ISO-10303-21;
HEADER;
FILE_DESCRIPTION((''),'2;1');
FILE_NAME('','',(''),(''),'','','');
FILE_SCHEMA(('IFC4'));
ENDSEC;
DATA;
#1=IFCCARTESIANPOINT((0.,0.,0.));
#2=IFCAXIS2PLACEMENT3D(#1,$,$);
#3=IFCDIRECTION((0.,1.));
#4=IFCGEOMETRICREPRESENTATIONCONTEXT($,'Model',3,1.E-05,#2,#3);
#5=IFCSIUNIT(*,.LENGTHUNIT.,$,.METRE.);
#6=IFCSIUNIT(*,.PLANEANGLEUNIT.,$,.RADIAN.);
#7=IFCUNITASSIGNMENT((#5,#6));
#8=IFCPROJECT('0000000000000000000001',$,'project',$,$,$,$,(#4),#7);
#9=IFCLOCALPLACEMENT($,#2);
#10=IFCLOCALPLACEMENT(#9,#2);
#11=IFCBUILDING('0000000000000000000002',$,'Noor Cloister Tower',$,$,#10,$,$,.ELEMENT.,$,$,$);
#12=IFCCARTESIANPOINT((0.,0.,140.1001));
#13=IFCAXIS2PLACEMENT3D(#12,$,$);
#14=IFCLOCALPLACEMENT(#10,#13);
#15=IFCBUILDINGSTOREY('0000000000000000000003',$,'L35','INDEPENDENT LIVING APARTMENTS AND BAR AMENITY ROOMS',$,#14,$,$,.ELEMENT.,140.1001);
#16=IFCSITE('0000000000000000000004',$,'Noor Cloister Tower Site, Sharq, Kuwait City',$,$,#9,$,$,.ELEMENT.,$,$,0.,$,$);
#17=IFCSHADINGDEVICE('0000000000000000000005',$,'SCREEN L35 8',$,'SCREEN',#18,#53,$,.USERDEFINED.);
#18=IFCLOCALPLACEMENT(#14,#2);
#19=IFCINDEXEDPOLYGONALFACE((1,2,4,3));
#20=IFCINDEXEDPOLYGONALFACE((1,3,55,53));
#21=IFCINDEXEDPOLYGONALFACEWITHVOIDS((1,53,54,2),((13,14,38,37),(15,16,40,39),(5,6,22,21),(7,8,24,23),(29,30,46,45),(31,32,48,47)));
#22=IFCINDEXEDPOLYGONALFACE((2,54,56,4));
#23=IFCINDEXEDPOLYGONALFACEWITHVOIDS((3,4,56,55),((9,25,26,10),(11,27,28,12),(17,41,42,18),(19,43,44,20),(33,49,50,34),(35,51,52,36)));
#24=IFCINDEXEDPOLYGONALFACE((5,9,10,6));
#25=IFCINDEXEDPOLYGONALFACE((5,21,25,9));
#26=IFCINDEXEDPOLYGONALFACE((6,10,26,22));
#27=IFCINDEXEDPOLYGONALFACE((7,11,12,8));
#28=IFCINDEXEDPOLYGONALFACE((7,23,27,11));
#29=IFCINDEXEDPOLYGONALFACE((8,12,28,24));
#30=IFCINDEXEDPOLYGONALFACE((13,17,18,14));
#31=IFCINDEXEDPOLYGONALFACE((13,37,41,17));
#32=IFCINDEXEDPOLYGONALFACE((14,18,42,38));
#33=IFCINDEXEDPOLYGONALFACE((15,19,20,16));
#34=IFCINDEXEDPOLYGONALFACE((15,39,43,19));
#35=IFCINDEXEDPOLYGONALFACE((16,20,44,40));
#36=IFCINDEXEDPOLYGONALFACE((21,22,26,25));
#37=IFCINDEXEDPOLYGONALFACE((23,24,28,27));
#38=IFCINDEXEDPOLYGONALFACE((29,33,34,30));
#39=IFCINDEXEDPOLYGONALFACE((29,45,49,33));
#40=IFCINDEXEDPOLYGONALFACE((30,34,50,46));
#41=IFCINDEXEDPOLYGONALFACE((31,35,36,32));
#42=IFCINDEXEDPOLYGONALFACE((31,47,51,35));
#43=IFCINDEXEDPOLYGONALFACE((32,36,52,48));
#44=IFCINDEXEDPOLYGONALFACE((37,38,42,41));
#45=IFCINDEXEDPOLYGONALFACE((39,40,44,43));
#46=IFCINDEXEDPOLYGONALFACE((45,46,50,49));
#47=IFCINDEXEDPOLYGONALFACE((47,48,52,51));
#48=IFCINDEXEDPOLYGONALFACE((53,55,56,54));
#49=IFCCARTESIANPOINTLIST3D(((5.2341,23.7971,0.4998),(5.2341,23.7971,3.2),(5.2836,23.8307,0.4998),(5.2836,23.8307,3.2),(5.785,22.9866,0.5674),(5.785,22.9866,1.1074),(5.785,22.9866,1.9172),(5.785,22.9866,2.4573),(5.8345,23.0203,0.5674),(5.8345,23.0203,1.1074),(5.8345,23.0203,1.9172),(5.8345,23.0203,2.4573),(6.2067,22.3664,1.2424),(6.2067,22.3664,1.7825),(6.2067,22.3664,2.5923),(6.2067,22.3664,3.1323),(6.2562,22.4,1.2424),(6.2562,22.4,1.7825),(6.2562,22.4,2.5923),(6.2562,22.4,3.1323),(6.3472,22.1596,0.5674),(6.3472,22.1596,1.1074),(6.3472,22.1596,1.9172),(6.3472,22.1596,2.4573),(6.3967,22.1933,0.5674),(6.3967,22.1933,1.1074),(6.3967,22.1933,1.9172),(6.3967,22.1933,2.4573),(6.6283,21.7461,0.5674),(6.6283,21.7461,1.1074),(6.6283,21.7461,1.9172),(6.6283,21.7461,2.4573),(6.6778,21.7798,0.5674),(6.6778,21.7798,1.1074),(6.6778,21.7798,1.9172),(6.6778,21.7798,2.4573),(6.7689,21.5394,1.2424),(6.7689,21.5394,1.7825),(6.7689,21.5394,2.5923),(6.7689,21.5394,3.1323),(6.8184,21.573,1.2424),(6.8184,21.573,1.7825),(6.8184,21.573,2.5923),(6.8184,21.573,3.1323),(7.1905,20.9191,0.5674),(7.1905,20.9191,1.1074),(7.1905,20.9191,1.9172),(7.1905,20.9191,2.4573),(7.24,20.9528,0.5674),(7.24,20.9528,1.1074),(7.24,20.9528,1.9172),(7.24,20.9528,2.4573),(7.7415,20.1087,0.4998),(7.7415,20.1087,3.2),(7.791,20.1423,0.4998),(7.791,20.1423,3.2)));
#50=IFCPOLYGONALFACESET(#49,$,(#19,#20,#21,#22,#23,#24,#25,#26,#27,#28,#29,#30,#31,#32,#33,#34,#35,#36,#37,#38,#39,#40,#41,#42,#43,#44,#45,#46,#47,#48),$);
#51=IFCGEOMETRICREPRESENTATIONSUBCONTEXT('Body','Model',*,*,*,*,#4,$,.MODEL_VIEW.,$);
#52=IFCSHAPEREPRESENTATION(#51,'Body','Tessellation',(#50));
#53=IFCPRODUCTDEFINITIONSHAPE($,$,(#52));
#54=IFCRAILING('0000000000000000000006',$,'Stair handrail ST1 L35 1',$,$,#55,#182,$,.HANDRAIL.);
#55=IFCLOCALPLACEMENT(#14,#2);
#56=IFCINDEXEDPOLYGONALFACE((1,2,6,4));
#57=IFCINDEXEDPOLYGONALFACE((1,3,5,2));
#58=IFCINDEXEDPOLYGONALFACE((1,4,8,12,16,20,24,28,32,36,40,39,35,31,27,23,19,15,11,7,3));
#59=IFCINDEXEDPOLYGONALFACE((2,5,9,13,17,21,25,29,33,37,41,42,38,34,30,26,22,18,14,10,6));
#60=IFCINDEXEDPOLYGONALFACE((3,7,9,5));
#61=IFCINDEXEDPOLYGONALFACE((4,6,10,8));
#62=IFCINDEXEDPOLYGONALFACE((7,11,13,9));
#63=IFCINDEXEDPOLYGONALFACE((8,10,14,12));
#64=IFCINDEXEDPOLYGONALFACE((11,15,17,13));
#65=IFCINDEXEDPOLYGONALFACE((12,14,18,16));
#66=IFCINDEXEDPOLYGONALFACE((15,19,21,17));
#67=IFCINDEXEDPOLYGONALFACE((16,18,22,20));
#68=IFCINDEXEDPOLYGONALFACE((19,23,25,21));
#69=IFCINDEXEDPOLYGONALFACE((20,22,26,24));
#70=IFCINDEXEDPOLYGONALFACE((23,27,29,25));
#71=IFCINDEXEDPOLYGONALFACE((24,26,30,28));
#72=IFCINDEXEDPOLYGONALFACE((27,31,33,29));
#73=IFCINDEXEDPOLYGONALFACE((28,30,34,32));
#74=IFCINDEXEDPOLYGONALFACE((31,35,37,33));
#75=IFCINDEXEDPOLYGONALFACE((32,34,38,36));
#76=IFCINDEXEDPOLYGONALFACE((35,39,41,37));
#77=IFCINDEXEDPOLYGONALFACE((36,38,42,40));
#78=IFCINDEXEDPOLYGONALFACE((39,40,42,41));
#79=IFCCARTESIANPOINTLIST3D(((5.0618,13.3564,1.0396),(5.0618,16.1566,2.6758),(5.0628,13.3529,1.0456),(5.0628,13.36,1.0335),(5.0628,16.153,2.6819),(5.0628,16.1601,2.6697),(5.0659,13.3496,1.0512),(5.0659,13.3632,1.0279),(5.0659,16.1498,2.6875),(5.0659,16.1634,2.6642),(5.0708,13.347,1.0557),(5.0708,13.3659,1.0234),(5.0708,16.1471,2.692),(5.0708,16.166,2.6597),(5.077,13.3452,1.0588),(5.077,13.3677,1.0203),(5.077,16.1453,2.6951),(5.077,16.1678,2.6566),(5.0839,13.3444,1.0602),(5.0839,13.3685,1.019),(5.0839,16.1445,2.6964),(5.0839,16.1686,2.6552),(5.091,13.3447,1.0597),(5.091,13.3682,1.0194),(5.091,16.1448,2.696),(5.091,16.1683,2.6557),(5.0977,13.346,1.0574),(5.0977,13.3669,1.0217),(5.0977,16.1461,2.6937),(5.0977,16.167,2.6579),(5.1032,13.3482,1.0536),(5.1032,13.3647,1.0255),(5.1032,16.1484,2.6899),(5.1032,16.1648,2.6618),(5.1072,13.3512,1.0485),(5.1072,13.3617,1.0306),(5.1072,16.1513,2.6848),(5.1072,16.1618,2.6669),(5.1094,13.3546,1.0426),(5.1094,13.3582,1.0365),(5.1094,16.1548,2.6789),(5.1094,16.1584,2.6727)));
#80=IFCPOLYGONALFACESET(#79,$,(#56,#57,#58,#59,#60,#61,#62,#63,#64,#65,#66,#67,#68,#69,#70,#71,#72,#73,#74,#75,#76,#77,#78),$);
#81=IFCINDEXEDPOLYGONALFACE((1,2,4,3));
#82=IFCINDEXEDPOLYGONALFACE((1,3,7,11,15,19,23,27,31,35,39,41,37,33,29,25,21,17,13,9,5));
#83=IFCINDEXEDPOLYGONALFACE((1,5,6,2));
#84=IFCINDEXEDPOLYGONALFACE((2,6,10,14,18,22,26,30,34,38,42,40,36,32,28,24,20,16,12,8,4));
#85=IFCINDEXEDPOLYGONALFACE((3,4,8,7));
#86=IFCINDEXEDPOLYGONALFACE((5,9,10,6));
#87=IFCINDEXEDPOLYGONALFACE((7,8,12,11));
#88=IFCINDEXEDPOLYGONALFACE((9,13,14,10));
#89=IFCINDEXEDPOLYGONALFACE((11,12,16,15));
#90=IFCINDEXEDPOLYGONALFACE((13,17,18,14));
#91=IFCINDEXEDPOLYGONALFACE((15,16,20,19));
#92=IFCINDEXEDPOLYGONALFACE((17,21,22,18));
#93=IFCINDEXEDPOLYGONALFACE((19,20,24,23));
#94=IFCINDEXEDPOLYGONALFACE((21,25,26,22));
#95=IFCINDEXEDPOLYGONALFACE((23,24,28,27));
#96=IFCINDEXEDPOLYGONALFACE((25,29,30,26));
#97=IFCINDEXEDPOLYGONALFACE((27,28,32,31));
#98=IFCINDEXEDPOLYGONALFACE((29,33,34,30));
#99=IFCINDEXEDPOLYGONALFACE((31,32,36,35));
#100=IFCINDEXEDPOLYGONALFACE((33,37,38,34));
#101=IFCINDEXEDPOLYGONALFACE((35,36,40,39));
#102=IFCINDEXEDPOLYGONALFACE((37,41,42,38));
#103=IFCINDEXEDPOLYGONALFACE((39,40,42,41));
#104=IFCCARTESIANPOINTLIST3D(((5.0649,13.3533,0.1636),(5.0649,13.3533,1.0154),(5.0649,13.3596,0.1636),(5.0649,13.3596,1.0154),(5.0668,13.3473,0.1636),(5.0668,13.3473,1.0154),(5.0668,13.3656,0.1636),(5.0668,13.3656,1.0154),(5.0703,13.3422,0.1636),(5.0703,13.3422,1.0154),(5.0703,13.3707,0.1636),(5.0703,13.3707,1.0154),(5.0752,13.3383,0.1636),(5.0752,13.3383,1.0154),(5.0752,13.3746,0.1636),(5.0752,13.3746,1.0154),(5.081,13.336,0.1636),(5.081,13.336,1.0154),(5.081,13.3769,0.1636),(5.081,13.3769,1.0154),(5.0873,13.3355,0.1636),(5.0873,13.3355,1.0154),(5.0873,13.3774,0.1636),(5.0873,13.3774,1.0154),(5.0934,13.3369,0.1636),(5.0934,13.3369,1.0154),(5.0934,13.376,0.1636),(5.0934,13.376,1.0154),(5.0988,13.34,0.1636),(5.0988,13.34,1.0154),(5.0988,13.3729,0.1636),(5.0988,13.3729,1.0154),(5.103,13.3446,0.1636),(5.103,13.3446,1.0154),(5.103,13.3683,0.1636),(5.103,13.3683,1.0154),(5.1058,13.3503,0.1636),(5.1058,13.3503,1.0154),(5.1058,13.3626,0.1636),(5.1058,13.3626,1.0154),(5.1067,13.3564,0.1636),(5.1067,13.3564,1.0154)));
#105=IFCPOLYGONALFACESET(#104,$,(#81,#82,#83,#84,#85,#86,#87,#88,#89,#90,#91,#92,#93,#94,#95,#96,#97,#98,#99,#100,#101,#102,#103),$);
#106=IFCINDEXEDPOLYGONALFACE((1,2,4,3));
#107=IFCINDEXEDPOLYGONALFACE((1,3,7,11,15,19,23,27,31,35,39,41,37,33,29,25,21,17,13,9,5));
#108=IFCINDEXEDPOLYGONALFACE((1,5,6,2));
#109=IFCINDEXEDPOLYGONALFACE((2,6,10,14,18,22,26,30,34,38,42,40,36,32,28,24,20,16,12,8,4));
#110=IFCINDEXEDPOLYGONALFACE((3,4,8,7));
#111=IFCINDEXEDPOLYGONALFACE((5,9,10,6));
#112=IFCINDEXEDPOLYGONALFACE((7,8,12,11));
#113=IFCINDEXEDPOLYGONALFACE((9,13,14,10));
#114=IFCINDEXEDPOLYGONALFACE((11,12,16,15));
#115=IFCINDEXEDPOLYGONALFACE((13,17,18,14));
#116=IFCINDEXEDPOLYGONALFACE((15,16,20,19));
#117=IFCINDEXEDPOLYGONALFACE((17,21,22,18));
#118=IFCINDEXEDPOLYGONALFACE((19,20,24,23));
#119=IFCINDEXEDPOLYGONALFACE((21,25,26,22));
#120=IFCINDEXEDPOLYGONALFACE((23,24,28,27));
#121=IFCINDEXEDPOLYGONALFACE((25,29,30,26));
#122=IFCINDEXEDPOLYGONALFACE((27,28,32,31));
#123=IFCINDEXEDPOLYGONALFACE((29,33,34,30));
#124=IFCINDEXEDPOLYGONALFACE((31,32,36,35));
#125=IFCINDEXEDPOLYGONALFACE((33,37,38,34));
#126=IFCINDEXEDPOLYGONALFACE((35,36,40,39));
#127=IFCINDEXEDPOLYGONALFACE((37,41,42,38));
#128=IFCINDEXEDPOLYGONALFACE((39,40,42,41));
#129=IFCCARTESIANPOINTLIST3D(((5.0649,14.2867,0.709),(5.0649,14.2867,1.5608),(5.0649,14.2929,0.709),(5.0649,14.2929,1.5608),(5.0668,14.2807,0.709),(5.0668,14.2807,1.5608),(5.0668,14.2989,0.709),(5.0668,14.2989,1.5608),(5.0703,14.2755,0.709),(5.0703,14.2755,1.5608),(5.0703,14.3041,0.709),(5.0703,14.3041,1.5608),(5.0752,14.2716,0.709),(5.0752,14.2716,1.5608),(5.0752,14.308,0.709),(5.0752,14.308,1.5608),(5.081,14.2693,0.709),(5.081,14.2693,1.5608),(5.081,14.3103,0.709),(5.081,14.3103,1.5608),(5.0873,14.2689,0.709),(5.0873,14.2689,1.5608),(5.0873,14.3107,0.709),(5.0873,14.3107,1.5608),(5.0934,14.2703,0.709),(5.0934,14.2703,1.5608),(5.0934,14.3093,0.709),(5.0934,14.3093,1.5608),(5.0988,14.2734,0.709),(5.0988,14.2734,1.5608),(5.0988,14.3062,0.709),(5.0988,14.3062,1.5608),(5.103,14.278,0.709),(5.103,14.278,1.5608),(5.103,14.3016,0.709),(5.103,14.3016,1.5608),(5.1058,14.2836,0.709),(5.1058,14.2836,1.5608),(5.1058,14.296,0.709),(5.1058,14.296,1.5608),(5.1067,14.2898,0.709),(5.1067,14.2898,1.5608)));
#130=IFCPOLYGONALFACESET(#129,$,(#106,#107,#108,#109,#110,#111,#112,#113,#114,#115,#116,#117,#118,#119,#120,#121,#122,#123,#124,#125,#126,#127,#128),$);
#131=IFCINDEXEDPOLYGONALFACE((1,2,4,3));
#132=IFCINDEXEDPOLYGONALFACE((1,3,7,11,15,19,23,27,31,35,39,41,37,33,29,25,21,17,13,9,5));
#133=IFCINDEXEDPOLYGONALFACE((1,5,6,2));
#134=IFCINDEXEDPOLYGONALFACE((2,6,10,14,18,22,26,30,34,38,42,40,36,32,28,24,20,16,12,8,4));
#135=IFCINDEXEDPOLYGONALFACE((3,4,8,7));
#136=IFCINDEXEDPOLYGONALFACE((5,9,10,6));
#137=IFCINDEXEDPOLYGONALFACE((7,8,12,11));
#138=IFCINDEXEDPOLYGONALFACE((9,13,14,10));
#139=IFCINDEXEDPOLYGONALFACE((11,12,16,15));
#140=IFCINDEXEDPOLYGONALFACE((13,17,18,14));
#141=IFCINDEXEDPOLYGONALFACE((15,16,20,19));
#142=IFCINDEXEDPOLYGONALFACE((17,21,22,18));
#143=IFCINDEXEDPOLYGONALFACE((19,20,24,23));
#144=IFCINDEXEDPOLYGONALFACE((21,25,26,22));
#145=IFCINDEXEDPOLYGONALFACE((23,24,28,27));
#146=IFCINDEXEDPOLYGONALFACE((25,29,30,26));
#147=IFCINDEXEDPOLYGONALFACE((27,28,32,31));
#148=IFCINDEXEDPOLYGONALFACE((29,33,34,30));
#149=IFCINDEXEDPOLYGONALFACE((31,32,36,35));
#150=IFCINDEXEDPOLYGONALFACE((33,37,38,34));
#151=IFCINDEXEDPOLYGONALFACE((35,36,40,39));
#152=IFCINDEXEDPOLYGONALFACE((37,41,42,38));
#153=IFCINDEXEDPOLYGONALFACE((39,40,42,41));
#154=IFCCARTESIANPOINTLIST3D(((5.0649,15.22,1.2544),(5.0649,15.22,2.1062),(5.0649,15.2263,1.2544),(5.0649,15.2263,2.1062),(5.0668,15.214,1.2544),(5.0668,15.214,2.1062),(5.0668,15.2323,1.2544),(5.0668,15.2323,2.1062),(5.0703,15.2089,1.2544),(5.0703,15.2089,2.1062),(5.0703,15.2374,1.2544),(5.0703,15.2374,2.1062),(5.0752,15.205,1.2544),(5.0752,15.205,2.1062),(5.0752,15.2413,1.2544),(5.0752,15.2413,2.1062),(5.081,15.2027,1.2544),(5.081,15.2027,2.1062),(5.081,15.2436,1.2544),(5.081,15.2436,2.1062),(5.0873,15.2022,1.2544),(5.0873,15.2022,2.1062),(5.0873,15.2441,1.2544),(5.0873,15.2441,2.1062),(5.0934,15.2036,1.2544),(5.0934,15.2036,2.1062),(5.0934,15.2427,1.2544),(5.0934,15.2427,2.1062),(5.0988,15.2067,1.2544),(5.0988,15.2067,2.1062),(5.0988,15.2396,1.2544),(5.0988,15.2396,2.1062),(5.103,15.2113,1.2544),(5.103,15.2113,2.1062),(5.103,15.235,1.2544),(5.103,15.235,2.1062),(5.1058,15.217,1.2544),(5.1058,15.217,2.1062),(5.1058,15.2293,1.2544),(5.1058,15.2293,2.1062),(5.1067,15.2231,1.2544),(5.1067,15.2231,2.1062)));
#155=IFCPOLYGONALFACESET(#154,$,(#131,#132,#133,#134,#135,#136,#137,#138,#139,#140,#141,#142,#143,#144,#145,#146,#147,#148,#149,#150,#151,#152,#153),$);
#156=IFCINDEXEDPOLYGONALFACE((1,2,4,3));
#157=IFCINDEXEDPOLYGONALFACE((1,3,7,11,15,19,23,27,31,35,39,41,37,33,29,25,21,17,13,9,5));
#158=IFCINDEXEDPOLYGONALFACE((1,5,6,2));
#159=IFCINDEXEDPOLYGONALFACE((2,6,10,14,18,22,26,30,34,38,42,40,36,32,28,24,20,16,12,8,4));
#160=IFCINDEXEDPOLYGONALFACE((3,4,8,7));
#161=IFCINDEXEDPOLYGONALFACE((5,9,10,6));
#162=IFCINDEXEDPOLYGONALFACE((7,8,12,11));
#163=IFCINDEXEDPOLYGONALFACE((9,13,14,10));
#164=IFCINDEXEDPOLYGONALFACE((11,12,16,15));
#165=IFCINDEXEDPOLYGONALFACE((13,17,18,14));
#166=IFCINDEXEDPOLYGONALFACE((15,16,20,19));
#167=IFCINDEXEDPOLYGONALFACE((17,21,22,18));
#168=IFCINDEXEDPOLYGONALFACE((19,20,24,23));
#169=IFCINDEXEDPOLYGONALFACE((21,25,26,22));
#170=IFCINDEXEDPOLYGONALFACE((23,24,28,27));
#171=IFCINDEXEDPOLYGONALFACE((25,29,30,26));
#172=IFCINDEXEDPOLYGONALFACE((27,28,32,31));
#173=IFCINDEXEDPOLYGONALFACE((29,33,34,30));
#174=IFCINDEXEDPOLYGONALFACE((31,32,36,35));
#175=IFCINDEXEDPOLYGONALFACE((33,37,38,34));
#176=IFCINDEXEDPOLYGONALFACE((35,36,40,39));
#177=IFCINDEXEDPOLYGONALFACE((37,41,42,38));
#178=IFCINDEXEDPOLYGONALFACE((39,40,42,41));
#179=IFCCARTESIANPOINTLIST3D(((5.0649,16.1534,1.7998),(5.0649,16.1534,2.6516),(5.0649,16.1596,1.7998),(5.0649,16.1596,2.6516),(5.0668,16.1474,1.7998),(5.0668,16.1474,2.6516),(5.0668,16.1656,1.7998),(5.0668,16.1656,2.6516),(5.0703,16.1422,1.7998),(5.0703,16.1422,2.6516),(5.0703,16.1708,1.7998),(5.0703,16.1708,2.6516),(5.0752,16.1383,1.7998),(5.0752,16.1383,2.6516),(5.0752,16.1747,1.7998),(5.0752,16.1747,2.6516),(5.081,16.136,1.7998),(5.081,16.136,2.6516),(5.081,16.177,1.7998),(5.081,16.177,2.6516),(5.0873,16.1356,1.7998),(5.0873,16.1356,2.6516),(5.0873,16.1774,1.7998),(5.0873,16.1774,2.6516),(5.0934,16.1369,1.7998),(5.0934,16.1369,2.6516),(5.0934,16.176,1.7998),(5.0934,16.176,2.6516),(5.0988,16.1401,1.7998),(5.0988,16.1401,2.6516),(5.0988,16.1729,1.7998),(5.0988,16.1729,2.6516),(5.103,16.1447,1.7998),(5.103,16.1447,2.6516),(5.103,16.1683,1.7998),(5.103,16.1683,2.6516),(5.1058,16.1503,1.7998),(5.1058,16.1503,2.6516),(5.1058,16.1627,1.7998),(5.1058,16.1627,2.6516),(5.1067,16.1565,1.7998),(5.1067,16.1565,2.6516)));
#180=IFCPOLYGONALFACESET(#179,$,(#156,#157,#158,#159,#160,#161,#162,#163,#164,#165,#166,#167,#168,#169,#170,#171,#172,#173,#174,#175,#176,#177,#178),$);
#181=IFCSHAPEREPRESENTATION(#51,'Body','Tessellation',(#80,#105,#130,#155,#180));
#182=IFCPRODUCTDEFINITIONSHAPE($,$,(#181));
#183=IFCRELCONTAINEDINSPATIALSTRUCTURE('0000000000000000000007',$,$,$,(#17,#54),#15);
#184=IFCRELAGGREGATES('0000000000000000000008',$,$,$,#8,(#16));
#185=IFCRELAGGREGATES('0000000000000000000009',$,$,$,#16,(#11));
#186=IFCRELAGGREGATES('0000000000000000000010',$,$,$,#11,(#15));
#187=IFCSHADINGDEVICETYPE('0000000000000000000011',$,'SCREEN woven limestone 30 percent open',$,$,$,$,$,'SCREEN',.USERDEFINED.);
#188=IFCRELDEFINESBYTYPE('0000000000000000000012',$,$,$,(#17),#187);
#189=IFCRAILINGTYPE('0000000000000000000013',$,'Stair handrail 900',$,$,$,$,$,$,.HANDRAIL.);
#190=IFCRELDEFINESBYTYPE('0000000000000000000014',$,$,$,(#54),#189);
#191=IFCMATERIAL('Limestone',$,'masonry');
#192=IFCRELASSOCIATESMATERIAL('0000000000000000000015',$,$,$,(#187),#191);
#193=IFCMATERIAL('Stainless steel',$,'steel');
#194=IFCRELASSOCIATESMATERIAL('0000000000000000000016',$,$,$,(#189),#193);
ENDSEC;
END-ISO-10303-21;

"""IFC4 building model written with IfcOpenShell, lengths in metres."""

from ifc_helpers import new_model, si_unit, direction, frame, origin, origin_2d, place, context, subcontext, project, spatial, polyline, circle, outline, extrude, material, material_profile, profile_set, type_object, element, save


model = new_model("IFC4")

# Units and contexts
model_context = context("Model", 3, precision=1e-05, world=origin(), true_north=direction((0.0, 1.0)))
body_context = subcontext(model_context, "Body", "Model", "MODEL_VIEW")
ifc_project = project(units=[si_unit("LENGTHUNIT", "METRE"), si_unit("PLANEANGLEUNIT", "RADIAN")], contexts=[model_context])

# Site, building, storey
site_placement = place(None, origin())
site = spatial("IfcSite", under=ifc_project, at=site_placement, Name="Noor Cloister Tower Site, Sharq, Kuwait City", CompositionType="ELEMENT", RefElevation=0.0)
building_placement = place(site_placement, origin())
building = spatial("IfcBuilding", under=site, at=building_placement, Name="Noor Cloister Tower", CompositionType="ELEMENT")
storey_placement = place(building_placement, frame((0.0, 0.0, 140.1001)))
storey = spatial("IfcBuildingStorey", under=building, at=storey_placement, Name="L35", Description="INDEPENDENT LIVING APARTMENTS AND BAR AMENITY ROOMS", CompositionType="ELEMENT", Elevation=140.1001)

# Shading device
ifc_material_1 = material(Name="Limestone", Category="masonry")
ifc_material_profile_1 = material_profile(ifc_material_1, outline(polyline([(-2.23, -1.3501), (2.23, -1.3501), (2.23, 1.3501), (-2.23, 1.3501), (-2.23, -1.3501)]), holes=[polyline([(-1.25, -1.2825), (-0.25, -1.2825), (-0.25, -0.7424), (-1.25, -0.7424), (-1.25, -1.2825)]), polyline([(0.25, -1.2825), (1.25, -1.2825), (1.25, -0.7424), (0.25, -0.7424), (0.25, -1.2825)]), polyline([(-0.5, -0.6074), (0.5, -0.6074), (0.5, -0.0674), (-0.5, -0.0674), (-0.5, -0.6074)]), polyline([(-1.25, 0.0674), (-0.25, 0.0674), (-0.25, 0.6074), (-1.25, 0.6074), (-1.25, 0.0674)]), polyline([(0.25, 0.0674), (1.25, 0.0674), (1.25, 0.6074), (0.25, 0.6074), (0.25, 0.0674)]), polyline([(-0.5, 0.7424), (0.5, 0.7424), (0.5, 1.2825), (-0.5, 1.2825), (-0.5, 0.7424)])]), Name="Woven screen 30 percent open")
ifc_profile_set_1 = profile_set([ifc_material_profile_1], Name="Limestone")
shading_device_type = type_object("IfcShadingDeviceType", Name="SCREEN woven limestone 30 percent open", ElementType="SCREEN", PredefinedType="USERDEFINED", material=ifc_profile_set_1)
for number, where, z_axis, x_axis, name in (
    (1, (6.4878, 21.9529, 1.8499), (0.827002, 0.562199, 0.0), (-0.562199, 0.827002, 0.0), "SCREEN L35 8"),
):
    element("IfcShadingDevice", number, at=place(storey_placement, frame(where, z_axis=z_axis, x_axis=x_axis)), inside=storey, type_object=shading_device_type, Name=name, ObjectType="SCREEN", PredefinedType="USERDEFINED", context=body_context, shape_type="SweptSolid", body=[
        extrude(outline(polyline([(-2.23, -1.3501), (2.23, -1.3501), (2.23, 1.3501), (-2.23, 1.3501), (-2.23, -1.3501)]), holes=[polyline([(-1.25, -1.2825), (-0.25, -1.2825), (-0.25, -0.7424), (-1.25, -0.7424), (-1.25, -1.2825)]), polyline([(0.25, -1.2825), (1.25, -1.2825), (1.25, -0.7424), (0.25, -0.7424), (0.25, -1.2825)]), polyline([(-0.5, -0.6074), (0.5, -0.6074), (0.5, -0.0674), (-0.5, -0.0674), (-0.5, -0.6074)]), polyline([(-1.25, 0.0674), (-0.25, 0.0674), (-0.25, 0.6074), (-1.25, 0.6074), (-1.25, 0.0674)]), polyline([(0.25, 0.0674), (1.25, 0.0674), (1.25, 0.6074), (0.25, 0.6074), (0.25, 0.0674)]), polyline([(-0.5, 0.7424), (0.5, 0.7424), (0.5, 1.2825), (-0.5, 1.2825), (-0.5, 0.7424)])]), origin(), (0.0, 0.0, 1.0), 0.0598),
    ])

# Railing
ifc_material_2 = material(Name="Stainless steel", Category="steel")
railing_type_1 = type_object("IfcRailingType", Name="Stair handrail 900", PredefinedType="HANDRAIL", material=ifc_material_2)
railing_1_placement = place(storey_placement, frame((5.0857, 13.3564, 0.1636)))
element("IfcRailing", 2, at=railing_1_placement, inside=storey, type_object=railing_type_1, Name="Stair handrail ST1 L35 1", PredefinedType="HANDRAIL", context=body_context, shape_type="SweptSolid", body=[
    extrude(circle(Radius=0.0239, at=origin_2d()), frame((0.0, 0.0, 0.876), z_axis=(0.0, 0.863394, 0.504531), x_axis=(-1.0, 0.0, 0.0)), (0.0, 0.0, 1.0), 3.2432),
    extrude(circle(Radius=0.021, at=origin_2d()), origin(), (0.0, 0.0, 1.0), 0.8518),
    extrude(circle(Radius=0.021, at=origin_2d()), frame((0.0, 0.9333, 0.5454)), (0.0, 0.0, 1.0), 0.8518),
    extrude(circle(Radius=0.021, at=origin_2d()), frame((0.0, 1.8667, 1.0908)), (0.0, 0.0, 1.0), 0.8518),
    extrude(circle(Radius=0.021, at=origin_2d()), frame((0.0, 2.8, 1.6362)), (0.0, 0.0, 1.0), 0.8518),
])

save(model, "model.ifc")
